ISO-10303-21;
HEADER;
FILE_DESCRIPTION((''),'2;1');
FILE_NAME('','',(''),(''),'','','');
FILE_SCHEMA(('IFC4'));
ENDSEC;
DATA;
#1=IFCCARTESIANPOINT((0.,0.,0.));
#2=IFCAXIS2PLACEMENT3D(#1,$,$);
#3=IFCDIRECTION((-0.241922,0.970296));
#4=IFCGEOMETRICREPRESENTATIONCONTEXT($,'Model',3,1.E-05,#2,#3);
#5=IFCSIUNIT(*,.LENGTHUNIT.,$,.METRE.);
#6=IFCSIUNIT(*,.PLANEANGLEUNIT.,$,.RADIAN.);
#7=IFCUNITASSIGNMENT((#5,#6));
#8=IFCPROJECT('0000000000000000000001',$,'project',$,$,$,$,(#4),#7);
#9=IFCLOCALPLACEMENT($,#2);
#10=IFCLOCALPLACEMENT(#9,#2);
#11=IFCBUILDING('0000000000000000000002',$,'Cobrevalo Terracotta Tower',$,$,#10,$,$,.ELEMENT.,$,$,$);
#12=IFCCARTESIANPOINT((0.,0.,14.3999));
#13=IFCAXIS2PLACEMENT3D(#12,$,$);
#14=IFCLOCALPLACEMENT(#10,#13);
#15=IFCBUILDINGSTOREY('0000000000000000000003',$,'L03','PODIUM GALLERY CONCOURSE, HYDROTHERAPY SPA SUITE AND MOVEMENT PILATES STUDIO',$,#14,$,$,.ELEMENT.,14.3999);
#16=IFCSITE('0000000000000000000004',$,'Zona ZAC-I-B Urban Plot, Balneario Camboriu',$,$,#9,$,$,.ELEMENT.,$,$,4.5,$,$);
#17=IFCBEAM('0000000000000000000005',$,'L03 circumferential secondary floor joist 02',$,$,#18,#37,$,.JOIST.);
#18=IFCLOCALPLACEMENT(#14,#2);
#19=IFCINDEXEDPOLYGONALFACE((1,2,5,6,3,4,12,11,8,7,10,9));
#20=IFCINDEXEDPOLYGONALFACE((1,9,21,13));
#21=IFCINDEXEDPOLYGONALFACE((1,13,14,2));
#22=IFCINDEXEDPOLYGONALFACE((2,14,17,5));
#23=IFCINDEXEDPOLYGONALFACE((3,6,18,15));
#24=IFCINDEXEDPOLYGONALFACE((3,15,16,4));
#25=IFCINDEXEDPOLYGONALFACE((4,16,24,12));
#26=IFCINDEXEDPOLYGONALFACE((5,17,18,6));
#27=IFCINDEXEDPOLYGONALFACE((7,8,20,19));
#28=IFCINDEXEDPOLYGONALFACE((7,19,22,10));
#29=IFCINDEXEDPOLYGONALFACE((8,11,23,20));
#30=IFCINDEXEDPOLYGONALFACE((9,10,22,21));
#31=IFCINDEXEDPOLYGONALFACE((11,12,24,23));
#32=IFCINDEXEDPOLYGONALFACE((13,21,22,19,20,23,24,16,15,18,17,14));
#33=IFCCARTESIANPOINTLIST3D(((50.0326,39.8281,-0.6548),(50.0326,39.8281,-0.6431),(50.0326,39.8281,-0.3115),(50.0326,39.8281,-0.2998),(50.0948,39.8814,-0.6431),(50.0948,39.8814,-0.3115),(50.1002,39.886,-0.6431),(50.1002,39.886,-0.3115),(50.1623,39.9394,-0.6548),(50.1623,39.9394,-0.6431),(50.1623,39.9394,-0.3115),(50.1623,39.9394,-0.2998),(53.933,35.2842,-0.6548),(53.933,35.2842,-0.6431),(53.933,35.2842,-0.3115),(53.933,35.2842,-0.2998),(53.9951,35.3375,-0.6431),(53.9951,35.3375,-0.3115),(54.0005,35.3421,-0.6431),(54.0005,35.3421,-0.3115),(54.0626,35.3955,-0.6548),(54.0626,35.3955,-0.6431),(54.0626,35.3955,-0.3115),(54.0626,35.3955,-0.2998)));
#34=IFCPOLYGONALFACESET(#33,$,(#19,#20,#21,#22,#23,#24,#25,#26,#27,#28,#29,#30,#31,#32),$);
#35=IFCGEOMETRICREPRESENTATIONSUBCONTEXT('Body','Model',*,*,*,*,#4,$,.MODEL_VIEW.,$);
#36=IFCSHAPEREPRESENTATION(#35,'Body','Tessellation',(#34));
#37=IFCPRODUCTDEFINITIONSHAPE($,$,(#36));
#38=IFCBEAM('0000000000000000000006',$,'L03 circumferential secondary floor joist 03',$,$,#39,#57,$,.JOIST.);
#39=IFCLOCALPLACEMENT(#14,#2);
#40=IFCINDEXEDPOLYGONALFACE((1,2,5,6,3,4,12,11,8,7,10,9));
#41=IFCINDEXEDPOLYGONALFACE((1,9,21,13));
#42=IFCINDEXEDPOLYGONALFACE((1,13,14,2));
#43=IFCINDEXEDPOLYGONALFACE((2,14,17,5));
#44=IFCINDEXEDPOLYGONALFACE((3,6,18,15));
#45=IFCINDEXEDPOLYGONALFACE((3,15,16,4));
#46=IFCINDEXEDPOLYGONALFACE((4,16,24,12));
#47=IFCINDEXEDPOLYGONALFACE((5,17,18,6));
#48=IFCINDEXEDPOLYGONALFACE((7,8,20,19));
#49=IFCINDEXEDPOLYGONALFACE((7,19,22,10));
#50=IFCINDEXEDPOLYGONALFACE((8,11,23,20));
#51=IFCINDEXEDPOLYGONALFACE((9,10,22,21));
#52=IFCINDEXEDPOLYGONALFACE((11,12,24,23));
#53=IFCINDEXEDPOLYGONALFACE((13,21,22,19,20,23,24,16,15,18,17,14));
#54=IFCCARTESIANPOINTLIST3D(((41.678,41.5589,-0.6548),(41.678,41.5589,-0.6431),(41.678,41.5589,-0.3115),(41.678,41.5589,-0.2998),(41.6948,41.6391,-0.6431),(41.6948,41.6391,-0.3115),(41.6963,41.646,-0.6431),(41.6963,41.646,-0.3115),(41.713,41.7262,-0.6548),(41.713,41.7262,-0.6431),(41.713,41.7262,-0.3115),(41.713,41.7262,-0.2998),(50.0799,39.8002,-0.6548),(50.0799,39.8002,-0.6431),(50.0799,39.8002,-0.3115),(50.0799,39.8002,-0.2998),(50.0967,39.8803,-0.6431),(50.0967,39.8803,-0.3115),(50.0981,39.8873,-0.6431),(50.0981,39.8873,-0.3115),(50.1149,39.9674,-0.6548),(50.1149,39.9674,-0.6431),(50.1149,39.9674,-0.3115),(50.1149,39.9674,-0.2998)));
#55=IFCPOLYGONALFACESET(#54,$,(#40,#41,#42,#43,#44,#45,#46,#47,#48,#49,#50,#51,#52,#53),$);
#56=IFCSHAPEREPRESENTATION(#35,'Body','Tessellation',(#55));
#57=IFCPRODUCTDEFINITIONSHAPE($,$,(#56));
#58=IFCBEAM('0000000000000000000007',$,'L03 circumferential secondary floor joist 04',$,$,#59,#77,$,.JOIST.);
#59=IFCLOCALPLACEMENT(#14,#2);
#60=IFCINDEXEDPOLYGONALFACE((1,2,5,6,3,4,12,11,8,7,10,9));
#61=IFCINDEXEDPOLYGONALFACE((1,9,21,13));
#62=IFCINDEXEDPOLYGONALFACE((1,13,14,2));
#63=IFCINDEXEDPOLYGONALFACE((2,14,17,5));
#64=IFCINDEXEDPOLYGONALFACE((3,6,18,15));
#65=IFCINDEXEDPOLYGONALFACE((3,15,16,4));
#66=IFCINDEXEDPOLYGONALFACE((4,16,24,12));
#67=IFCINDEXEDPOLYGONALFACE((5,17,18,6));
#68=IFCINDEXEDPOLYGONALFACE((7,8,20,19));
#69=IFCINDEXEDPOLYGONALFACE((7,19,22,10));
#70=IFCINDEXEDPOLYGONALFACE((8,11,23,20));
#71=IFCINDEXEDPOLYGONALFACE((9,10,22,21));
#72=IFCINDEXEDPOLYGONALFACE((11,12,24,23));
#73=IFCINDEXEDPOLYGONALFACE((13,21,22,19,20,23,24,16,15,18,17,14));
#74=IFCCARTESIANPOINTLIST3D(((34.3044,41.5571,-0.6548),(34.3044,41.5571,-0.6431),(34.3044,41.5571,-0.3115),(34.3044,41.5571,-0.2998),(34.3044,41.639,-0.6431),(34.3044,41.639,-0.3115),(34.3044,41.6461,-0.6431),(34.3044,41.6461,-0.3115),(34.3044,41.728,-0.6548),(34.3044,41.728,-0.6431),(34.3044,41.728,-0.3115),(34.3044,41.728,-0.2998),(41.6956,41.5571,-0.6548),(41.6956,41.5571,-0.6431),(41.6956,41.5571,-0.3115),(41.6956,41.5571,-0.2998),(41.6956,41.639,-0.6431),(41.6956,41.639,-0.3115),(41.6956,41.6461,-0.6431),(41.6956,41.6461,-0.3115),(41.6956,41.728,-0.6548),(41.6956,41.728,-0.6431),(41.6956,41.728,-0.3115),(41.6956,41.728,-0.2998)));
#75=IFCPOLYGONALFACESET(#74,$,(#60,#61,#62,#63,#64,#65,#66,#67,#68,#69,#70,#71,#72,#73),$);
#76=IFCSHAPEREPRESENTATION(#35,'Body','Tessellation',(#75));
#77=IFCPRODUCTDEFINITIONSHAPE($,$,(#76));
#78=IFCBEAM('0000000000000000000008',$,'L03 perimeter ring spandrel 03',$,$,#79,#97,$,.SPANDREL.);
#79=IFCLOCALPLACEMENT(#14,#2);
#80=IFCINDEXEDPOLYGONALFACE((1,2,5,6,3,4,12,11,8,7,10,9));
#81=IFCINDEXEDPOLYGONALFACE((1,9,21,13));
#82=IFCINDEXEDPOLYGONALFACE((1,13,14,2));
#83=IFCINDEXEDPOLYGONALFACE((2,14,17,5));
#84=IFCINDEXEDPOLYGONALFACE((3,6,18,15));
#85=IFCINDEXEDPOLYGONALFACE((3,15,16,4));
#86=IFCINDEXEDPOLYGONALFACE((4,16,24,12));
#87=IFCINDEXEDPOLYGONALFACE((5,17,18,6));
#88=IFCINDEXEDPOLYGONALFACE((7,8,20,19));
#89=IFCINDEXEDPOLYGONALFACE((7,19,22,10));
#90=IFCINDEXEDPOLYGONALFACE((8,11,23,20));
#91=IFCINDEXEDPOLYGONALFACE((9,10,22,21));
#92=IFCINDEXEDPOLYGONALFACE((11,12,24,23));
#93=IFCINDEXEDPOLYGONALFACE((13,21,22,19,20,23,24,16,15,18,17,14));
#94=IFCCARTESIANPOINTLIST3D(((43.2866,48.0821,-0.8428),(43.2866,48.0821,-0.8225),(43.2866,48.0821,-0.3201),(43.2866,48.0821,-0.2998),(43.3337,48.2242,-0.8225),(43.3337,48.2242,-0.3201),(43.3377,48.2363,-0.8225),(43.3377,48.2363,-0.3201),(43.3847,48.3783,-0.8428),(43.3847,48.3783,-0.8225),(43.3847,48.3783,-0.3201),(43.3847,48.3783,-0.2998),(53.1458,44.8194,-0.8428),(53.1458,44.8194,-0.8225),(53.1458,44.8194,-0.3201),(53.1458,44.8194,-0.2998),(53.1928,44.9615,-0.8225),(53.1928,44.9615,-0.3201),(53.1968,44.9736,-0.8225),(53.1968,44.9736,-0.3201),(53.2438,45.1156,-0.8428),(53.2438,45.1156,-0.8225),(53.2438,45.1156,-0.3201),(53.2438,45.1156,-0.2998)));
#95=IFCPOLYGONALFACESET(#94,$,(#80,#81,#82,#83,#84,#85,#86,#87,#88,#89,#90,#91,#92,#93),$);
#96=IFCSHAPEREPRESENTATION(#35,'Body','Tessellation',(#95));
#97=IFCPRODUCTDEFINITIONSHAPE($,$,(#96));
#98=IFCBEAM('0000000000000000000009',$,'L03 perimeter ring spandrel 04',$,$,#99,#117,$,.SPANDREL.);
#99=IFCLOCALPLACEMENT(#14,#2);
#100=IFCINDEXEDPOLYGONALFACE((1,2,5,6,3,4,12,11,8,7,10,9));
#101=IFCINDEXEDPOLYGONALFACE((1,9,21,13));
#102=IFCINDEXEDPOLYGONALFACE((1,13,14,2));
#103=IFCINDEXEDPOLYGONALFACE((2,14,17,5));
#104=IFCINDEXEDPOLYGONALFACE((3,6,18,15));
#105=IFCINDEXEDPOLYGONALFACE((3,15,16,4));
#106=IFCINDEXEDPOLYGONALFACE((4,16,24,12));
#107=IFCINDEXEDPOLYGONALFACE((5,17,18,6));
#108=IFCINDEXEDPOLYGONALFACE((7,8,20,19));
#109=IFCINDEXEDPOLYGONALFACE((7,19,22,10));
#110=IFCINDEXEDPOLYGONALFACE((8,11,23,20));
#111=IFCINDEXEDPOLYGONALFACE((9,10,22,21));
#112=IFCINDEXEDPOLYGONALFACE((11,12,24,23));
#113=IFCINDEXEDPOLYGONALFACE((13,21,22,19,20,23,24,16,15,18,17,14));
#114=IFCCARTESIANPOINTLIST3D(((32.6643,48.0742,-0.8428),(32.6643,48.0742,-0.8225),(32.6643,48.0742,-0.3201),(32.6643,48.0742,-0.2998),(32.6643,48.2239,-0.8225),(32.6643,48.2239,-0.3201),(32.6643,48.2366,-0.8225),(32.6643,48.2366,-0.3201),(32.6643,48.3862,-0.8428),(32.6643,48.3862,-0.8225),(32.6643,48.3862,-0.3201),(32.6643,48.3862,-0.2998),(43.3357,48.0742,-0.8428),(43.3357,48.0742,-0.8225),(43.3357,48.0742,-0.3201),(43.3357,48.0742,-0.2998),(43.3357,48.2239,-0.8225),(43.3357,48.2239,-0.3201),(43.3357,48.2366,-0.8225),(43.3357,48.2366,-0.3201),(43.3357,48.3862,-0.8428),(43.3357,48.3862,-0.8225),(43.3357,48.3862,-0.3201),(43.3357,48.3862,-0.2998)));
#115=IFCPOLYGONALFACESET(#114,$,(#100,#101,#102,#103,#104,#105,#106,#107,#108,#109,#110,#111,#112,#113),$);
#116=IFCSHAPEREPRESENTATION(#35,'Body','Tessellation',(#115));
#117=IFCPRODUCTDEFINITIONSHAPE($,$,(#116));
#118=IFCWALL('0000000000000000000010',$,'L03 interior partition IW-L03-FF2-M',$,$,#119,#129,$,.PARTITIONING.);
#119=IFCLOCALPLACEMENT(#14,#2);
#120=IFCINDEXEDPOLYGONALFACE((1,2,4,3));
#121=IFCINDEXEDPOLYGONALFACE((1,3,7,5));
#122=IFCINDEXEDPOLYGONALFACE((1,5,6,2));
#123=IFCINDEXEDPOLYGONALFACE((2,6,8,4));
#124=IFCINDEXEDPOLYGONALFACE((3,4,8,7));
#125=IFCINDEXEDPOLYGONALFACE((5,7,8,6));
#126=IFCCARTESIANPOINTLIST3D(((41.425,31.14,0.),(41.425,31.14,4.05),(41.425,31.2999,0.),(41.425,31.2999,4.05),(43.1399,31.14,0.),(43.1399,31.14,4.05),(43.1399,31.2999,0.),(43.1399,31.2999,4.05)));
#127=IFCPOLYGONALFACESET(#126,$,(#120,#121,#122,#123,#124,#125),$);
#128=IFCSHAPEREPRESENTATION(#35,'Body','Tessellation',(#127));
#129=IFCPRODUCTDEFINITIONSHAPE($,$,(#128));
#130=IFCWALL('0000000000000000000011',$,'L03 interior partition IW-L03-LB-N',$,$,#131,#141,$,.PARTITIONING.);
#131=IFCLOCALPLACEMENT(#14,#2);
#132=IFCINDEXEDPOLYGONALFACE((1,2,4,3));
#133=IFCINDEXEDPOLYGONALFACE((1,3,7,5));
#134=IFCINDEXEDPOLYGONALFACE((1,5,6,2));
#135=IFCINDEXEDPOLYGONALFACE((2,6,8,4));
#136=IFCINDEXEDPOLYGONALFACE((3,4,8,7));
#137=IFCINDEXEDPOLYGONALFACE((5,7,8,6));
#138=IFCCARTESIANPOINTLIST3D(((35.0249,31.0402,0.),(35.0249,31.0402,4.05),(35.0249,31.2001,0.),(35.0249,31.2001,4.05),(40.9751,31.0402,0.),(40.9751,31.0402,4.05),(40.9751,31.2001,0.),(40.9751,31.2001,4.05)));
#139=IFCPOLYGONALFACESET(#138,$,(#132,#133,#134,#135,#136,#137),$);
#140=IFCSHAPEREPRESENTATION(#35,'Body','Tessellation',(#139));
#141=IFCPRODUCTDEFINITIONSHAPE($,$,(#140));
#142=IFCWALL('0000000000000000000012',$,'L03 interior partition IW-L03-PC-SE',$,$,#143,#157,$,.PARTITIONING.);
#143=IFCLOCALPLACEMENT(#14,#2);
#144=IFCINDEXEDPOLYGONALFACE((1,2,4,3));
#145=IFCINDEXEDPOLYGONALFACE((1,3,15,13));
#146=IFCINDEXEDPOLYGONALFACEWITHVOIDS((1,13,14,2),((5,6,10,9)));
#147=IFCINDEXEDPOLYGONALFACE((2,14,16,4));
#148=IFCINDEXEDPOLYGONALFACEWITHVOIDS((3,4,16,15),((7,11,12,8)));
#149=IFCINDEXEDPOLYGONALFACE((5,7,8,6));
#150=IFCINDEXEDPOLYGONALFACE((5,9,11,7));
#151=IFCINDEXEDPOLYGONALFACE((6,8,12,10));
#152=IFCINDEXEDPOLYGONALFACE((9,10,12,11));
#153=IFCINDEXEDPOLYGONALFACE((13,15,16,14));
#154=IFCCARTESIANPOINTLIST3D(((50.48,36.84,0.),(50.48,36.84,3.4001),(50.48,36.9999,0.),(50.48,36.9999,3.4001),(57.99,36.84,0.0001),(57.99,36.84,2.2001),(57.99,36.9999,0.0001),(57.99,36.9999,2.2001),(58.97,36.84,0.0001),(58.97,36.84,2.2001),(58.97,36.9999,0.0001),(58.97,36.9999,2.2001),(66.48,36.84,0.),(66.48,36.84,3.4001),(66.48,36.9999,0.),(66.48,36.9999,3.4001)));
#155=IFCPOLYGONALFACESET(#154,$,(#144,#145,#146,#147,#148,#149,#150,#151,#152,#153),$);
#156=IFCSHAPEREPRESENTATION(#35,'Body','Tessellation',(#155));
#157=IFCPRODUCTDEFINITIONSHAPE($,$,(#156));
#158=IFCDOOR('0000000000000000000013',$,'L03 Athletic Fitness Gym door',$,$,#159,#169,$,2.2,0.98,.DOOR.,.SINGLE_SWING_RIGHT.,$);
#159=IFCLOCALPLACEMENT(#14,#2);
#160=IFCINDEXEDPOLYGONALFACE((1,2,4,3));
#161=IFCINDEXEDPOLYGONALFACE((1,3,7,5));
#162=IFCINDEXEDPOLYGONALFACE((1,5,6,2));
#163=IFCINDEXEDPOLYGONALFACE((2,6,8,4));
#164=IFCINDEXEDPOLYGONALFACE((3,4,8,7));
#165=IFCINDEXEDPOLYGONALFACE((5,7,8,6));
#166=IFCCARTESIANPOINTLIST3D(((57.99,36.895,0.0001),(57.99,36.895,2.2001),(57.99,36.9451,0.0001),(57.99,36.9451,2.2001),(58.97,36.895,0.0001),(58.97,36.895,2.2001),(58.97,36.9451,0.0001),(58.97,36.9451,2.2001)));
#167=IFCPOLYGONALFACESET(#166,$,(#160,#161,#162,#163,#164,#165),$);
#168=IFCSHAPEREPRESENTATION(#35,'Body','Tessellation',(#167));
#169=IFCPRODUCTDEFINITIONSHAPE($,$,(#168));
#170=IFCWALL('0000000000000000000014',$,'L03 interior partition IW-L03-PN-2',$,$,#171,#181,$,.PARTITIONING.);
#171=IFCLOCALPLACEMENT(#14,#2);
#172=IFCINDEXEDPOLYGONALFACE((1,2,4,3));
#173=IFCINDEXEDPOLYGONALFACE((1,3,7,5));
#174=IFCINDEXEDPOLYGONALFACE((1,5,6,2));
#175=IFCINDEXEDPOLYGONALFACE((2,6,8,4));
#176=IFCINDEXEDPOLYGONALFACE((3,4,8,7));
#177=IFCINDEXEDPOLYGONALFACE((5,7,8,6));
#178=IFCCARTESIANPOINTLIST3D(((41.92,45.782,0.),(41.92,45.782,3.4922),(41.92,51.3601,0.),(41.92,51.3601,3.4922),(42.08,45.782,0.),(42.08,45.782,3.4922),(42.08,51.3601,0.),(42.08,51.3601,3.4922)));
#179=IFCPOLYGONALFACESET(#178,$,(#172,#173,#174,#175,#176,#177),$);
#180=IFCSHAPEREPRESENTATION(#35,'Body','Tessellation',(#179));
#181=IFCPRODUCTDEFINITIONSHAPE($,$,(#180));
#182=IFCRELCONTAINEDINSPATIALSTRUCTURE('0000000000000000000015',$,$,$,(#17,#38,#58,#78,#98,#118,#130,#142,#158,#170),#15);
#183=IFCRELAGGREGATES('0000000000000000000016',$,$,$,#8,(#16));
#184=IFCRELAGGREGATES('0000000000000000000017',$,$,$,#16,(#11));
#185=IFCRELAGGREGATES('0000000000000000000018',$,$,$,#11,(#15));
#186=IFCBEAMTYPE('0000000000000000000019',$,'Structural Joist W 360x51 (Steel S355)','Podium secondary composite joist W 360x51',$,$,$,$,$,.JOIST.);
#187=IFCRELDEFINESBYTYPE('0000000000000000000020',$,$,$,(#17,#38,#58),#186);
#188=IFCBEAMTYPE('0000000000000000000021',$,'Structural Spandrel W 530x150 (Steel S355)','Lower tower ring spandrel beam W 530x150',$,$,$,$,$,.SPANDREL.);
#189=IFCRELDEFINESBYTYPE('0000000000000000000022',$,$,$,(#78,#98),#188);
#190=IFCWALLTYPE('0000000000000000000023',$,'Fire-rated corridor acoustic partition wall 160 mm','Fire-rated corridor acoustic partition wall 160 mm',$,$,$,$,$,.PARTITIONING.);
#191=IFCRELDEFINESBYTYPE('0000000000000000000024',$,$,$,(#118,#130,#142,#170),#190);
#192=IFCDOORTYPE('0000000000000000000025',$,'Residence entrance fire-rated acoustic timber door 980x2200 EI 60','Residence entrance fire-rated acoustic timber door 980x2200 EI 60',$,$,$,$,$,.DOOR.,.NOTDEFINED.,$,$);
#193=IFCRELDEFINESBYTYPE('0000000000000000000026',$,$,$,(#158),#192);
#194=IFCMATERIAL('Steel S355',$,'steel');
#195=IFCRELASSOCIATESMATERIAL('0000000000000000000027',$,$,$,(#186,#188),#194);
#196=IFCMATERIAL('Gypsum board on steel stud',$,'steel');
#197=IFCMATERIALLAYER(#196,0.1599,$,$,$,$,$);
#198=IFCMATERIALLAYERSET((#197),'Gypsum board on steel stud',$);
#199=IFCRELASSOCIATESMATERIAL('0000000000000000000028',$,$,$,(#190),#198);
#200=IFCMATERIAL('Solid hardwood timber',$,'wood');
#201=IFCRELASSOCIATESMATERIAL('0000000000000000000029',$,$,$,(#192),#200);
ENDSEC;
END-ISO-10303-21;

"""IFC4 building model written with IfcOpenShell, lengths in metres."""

from ifc_helpers import new_model, si_unit, direction, frame, frame_2d, origin, origin_2d, place, context, subcontext, project, spatial, rectangle, i_section, extrude, source, transform, mapped, material, layer, layer_set, material_profile, profile_set, type_object, element, fill, save


model = new_model("IFC4")

# Units and contexts
model_context = context("Model", 3, precision=1e-05, world=origin(), true_north=direction((-0.241922, 0.970296)))
body_context = subcontext(model_context, "Body", "Model", "MODEL_VIEW")
ifc_project = project(units=[si_unit("LENGTHUNIT", "METRE"), si_unit("PLANEANGLEUNIT", "RADIAN")], contexts=[model_context])

# Site, building, storey
site_placement = place(None, origin())
site = spatial("IfcSite", under=ifc_project, at=site_placement, Name="Zona ZAC-I-B Urban Plot, Balneario Camboriu", CompositionType="ELEMENT", RefElevation=4.5)
building_placement = place(site_placement, origin())
building = spatial("IfcBuilding", under=site, at=building_placement, Name="Cobrevalo Terracotta Tower", CompositionType="ELEMENT")
storey_placement = place(building_placement, frame((0.0, 0.0, 14.3999)))
storey = spatial("IfcBuildingStorey", under=building, at=storey_placement, Name="L03", Description="PODIUM GALLERY CONCOURSE, HYDROTHERAPY SPA SUITE AND MOVEMENT PILATES STUDIO", CompositionType="ELEMENT", Elevation=14.3999)

# Shared definitions
ifc_material_1 = material(Name="Steel S355", Category="steel")

# Beams
ifc_material_profile_1 = material_profile(ifc_material_1, i_section(OverallWidth=0.1709, OverallDepth=0.355, WebThickness=0.0071, FlangeThickness=0.0117, at=origin_2d()), Name="W 360x51")
ifc_profile_set_1 = profile_set([ifc_material_profile_1], Name="Steel S355")
beam_type_1 = type_object("IfcBeamType", Name="Structural Joist W 360x51 (Steel S355)", Description="Podium secondary composite joist W 360x51", PredefinedType="JOIST", material=ifc_profile_set_1)
beam_1_placement = place(storey_placement, frame((53.9978, 35.3398, -0.4773), z_axis=(-0.651328, 0.758796, 0.0), x_axis=(-0.758796, -0.651328, 0.0)))
element("IfcBeam", 1, at=beam_1_placement, inside=storey, type_object=beam_type_1, Name="L03 circumferential secondary floor joist 02", PredefinedType="JOIST", context=body_context, shape_type="SweptSolid", body=[
    extrude(i_section(OverallWidth=0.1709, OverallDepth=0.355, WebThickness=0.0071, FlangeThickness=0.0117, at=origin_2d()), origin(), (0.0, 0.0, 1.0), 5.9883),
])
beam_2_placement = place(storey_placement, frame((50.0974, 39.8838, -0.4773), z_axis=(-0.978785, 0.204892, 0.0), x_axis=(-0.204892, -0.978785, 0.0)))
element("IfcBeam", 2, at=beam_2_placement, inside=storey, type_object=beam_type_1, Name="L03 circumferential secondary floor joist 03", PredefinedType="JOIST", context=body_context, shape_type="SweptSolid", body=[
    extrude(i_section(OverallWidth=0.1709, OverallDepth=0.355, WebThickness=0.0071, FlangeThickness=0.0117, at=origin_2d()), origin(), (0.0, 0.0, 1.0), 8.584),
])
beam_3_placement = place(storey_placement, frame((41.6956, 41.6426, -0.4773), z_axis=(-1.0, 0.0, 0.0), x_axis=(0.0, -1.0, 0.0)))
element("IfcBeam", 3, at=beam_3_placement, inside=storey, type_object=beam_type_1, Name="L03 circumferential secondary floor joist 04", PredefinedType="JOIST", context=body_context, shape_type="SweptSolid", body=[
    extrude(i_section(OverallWidth=0.1709, OverallDepth=0.355, WebThickness=0.0071, FlangeThickness=0.0117, at=origin_2d()), origin(), (0.0, 0.0, 1.0), 7.3911),
])
ifc_material_profile_2 = material_profile(ifc_material_1, i_section(OverallWidth=0.312, OverallDepth=0.543, WebThickness=0.0127, FlangeThickness=0.0203, at=origin_2d()), Name="W 530x150")
ifc_profile_set_2 = profile_set([ifc_material_profile_2], Name="Steel S355")
beam_type_2 = type_object("IfcBeamType", Name="Structural Spandrel W 530x150 (Steel S355)", Description="Lower tower ring spandrel beam W 530x150", PredefinedType="SPANDREL", material=ifc_profile_set_2)
beam_4_placement = place(storey_placement, frame((53.1948, 44.9675, -0.5713), z_axis=(-0.949365, 0.314175, 0.0), x_axis=(-0.314175, -0.949365, 0.0)))
element("IfcBeam", 4, at=beam_4_placement, inside=storey, type_object=beam_type_2, Name="L03 perimeter ring spandrel 03", PredefinedType="SPANDREL", context=body_context, shape_type="SweptSolid", body=[
    extrude(i_section(OverallWidth=0.312, OverallDepth=0.543, WebThickness=0.0127, FlangeThickness=0.0203, at=origin_2d()), origin(), (0.0, 0.0, 1.0), 10.385),
])
beam_5_placement = place(storey_placement, frame((43.3357, 48.2302, -0.5713), z_axis=(-1.0, 0.0, 0.0), x_axis=(0.0, -1.0, 0.0)))
element("IfcBeam", 5, at=beam_5_placement, inside=storey, type_object=beam_type_2, Name="L03 perimeter ring spandrel 04", PredefinedType="SPANDREL", context=body_context, shape_type="SweptSolid", body=[
    extrude(i_section(OverallWidth=0.312, OverallDepth=0.543, WebThickness=0.0127, FlangeThickness=0.0203, at=origin_2d()), origin(), (0.0, 0.0, 1.0), 10.6714),
])

# Walls
ifc_material_2 = material(Name="Gypsum board on steel stud", Category="steel")
ifc_layer_1 = layer(ifc_material_2, 0.1599)
ifc_layer_set_1 = layer_set([ifc_layer_1], Name="Gypsum board on steel stud")
wall_type_1 = type_object("IfcWallType", Name="Fire-rated corridor acoustic partition wall 160 mm", Description="Fire-rated corridor acoustic partition wall 160 mm", PredefinedType="PARTITIONING", material=ifc_layer_set_1)
wall_1_placement = place(storey_placement, frame((41.425, 31.22, 0.0), z_axis=(0.0, 0.0, 1.0), x_axis=(1.0, 0.0, 0.0)))
element("IfcWall", 6, at=wall_1_placement, inside=storey, type_object=wall_type_1, Name="L03 interior partition IW-L03-FF2-M", PredefinedType="PARTITIONING", context=body_context, shape_type="SweptSolid", body=[
    extrude(rectangle(XDim=1.7148, YDim=0.1599, at=frame_2d((0.8574, 0.0))), origin(), (0.0, 0.0, 1.0), 4.05),
])
wall_2_placement = place(storey_placement, frame((35.0249, 31.1201, 0.0), z_axis=(0.0, 0.0, 1.0), x_axis=(1.0, 0.0, 0.0)))
element("IfcWall", 7, at=wall_2_placement, inside=storey, type_object=wall_type_1, Name="L03 interior partition IW-L03-LB-N", PredefinedType="PARTITIONING", context=body_context, shape_type="SweptSolid", body=[
    extrude(rectangle(XDim=5.9502, YDim=0.1599, at=frame_2d((2.9751, 0.0))), origin(), (0.0, 0.0, 1.0), 4.05),
])

# Wall, opening, door
wall_3_placement = place(storey_placement, frame((50.48, 36.9199, 0.0), z_axis=(0.0, 0.0, 1.0), x_axis=(1.0, 0.0, 0.0)))
wall_3 = element("IfcWall", 8, at=wall_3_placement, inside=storey, type_object=wall_type_1, Name="L03 interior partition IW-L03-PC-SE", PredefinedType="PARTITIONING", context=body_context, shape_type="SweptSolid", body=[
    extrude(rectangle(XDim=16.0, YDim=0.1599, at=frame_2d((8.0, 0.0))), origin(), (0.0, 0.0, 1.0), 3.4001),
])
opening_1_placement = place(wall_3_placement, frame((7.51, 0.0, 0.0)))
opening_1 = element("IfcOpeningElement", 9, at=opening_1_placement, cuts=wall_3, PredefinedType="OPENING", context=body_context, shape_type="SweptSolid", body=[
    extrude(rectangle(XDim=0.98, YDim=2.2, at=frame_2d((0.49, 1.1001))), frame((0.0, 0.0898, 0.0), z_axis=(0.0, -1.0, 0.0), x_axis=(1.0, 0.0, 0.0)), (0.0, 0.0, 1.0), 0.1799),
])
ifc_material_3 = material(Name="Solid hardwood timber", Category="wood")
door_type_1 = type_object("IfcDoorType", Name="Residence entrance fire-rated acoustic timber door 980x2200 EI 60", Description="Residence entrance fire-rated acoustic timber door 980x2200 EI 60", OperationType="NOTDEFINED", PredefinedType="DOOR", material=ifc_material_3)
shared_shape_1 = source(origin(), body_context, "Body", "SweptSolid", [
    extrude(rectangle(XDim=0.98, YDim=2.2, at=frame_2d((0.49, 1.1001))), frame((0.0, 0.0249, 0.0), z_axis=(0.0, -1.0, 0.0), x_axis=(1.0, 0.0, 0.0)), (0.0, 0.0, 1.0), 0.05),
])
door_1_placement = place(opening_1_placement, frame((0.98, 0.0, 0.0), z_axis=(0.0, 0.0, 1.0), x_axis=(-1.0, 0.0, 0.0)))
door_1 = element("IfcDoor", 10, at=door_1_placement, inside=storey, type_object=door_type_1, Name="L03 Athletic Fitness Gym door", OperationType="SINGLE_SWING_RIGHT", OverallHeight=2.2, OverallWidth=0.98, PredefinedType="DOOR", context=body_context, shape_type="MappedRepresentation", body=[
    mapped(shared_shape_1, transform((0.0, 0.0, 0.0), scale=1.0)),
])
fill(opening_1, door_1)

# Wall
wall_4_placement = place(storey_placement, frame((42.0, 45.782, 0.0), z_axis=(0.0, 0.0, 1.0), x_axis=(0.0, 1.0, 0.0)))
element("IfcWall", 11, at=wall_4_placement, inside=storey, type_object=wall_type_1, Name="L03 interior partition IW-L03-PN-2", PredefinedType="PARTITIONING", context=body_context, shape_type="SweptSolid", body=[
    extrude(rectangle(XDim=5.5781, YDim=0.1599, at=frame_2d((2.7891, 0.0))), origin(), (0.0, 0.0, 1.0), 3.4922),
])

save(model, "model.ifc")
